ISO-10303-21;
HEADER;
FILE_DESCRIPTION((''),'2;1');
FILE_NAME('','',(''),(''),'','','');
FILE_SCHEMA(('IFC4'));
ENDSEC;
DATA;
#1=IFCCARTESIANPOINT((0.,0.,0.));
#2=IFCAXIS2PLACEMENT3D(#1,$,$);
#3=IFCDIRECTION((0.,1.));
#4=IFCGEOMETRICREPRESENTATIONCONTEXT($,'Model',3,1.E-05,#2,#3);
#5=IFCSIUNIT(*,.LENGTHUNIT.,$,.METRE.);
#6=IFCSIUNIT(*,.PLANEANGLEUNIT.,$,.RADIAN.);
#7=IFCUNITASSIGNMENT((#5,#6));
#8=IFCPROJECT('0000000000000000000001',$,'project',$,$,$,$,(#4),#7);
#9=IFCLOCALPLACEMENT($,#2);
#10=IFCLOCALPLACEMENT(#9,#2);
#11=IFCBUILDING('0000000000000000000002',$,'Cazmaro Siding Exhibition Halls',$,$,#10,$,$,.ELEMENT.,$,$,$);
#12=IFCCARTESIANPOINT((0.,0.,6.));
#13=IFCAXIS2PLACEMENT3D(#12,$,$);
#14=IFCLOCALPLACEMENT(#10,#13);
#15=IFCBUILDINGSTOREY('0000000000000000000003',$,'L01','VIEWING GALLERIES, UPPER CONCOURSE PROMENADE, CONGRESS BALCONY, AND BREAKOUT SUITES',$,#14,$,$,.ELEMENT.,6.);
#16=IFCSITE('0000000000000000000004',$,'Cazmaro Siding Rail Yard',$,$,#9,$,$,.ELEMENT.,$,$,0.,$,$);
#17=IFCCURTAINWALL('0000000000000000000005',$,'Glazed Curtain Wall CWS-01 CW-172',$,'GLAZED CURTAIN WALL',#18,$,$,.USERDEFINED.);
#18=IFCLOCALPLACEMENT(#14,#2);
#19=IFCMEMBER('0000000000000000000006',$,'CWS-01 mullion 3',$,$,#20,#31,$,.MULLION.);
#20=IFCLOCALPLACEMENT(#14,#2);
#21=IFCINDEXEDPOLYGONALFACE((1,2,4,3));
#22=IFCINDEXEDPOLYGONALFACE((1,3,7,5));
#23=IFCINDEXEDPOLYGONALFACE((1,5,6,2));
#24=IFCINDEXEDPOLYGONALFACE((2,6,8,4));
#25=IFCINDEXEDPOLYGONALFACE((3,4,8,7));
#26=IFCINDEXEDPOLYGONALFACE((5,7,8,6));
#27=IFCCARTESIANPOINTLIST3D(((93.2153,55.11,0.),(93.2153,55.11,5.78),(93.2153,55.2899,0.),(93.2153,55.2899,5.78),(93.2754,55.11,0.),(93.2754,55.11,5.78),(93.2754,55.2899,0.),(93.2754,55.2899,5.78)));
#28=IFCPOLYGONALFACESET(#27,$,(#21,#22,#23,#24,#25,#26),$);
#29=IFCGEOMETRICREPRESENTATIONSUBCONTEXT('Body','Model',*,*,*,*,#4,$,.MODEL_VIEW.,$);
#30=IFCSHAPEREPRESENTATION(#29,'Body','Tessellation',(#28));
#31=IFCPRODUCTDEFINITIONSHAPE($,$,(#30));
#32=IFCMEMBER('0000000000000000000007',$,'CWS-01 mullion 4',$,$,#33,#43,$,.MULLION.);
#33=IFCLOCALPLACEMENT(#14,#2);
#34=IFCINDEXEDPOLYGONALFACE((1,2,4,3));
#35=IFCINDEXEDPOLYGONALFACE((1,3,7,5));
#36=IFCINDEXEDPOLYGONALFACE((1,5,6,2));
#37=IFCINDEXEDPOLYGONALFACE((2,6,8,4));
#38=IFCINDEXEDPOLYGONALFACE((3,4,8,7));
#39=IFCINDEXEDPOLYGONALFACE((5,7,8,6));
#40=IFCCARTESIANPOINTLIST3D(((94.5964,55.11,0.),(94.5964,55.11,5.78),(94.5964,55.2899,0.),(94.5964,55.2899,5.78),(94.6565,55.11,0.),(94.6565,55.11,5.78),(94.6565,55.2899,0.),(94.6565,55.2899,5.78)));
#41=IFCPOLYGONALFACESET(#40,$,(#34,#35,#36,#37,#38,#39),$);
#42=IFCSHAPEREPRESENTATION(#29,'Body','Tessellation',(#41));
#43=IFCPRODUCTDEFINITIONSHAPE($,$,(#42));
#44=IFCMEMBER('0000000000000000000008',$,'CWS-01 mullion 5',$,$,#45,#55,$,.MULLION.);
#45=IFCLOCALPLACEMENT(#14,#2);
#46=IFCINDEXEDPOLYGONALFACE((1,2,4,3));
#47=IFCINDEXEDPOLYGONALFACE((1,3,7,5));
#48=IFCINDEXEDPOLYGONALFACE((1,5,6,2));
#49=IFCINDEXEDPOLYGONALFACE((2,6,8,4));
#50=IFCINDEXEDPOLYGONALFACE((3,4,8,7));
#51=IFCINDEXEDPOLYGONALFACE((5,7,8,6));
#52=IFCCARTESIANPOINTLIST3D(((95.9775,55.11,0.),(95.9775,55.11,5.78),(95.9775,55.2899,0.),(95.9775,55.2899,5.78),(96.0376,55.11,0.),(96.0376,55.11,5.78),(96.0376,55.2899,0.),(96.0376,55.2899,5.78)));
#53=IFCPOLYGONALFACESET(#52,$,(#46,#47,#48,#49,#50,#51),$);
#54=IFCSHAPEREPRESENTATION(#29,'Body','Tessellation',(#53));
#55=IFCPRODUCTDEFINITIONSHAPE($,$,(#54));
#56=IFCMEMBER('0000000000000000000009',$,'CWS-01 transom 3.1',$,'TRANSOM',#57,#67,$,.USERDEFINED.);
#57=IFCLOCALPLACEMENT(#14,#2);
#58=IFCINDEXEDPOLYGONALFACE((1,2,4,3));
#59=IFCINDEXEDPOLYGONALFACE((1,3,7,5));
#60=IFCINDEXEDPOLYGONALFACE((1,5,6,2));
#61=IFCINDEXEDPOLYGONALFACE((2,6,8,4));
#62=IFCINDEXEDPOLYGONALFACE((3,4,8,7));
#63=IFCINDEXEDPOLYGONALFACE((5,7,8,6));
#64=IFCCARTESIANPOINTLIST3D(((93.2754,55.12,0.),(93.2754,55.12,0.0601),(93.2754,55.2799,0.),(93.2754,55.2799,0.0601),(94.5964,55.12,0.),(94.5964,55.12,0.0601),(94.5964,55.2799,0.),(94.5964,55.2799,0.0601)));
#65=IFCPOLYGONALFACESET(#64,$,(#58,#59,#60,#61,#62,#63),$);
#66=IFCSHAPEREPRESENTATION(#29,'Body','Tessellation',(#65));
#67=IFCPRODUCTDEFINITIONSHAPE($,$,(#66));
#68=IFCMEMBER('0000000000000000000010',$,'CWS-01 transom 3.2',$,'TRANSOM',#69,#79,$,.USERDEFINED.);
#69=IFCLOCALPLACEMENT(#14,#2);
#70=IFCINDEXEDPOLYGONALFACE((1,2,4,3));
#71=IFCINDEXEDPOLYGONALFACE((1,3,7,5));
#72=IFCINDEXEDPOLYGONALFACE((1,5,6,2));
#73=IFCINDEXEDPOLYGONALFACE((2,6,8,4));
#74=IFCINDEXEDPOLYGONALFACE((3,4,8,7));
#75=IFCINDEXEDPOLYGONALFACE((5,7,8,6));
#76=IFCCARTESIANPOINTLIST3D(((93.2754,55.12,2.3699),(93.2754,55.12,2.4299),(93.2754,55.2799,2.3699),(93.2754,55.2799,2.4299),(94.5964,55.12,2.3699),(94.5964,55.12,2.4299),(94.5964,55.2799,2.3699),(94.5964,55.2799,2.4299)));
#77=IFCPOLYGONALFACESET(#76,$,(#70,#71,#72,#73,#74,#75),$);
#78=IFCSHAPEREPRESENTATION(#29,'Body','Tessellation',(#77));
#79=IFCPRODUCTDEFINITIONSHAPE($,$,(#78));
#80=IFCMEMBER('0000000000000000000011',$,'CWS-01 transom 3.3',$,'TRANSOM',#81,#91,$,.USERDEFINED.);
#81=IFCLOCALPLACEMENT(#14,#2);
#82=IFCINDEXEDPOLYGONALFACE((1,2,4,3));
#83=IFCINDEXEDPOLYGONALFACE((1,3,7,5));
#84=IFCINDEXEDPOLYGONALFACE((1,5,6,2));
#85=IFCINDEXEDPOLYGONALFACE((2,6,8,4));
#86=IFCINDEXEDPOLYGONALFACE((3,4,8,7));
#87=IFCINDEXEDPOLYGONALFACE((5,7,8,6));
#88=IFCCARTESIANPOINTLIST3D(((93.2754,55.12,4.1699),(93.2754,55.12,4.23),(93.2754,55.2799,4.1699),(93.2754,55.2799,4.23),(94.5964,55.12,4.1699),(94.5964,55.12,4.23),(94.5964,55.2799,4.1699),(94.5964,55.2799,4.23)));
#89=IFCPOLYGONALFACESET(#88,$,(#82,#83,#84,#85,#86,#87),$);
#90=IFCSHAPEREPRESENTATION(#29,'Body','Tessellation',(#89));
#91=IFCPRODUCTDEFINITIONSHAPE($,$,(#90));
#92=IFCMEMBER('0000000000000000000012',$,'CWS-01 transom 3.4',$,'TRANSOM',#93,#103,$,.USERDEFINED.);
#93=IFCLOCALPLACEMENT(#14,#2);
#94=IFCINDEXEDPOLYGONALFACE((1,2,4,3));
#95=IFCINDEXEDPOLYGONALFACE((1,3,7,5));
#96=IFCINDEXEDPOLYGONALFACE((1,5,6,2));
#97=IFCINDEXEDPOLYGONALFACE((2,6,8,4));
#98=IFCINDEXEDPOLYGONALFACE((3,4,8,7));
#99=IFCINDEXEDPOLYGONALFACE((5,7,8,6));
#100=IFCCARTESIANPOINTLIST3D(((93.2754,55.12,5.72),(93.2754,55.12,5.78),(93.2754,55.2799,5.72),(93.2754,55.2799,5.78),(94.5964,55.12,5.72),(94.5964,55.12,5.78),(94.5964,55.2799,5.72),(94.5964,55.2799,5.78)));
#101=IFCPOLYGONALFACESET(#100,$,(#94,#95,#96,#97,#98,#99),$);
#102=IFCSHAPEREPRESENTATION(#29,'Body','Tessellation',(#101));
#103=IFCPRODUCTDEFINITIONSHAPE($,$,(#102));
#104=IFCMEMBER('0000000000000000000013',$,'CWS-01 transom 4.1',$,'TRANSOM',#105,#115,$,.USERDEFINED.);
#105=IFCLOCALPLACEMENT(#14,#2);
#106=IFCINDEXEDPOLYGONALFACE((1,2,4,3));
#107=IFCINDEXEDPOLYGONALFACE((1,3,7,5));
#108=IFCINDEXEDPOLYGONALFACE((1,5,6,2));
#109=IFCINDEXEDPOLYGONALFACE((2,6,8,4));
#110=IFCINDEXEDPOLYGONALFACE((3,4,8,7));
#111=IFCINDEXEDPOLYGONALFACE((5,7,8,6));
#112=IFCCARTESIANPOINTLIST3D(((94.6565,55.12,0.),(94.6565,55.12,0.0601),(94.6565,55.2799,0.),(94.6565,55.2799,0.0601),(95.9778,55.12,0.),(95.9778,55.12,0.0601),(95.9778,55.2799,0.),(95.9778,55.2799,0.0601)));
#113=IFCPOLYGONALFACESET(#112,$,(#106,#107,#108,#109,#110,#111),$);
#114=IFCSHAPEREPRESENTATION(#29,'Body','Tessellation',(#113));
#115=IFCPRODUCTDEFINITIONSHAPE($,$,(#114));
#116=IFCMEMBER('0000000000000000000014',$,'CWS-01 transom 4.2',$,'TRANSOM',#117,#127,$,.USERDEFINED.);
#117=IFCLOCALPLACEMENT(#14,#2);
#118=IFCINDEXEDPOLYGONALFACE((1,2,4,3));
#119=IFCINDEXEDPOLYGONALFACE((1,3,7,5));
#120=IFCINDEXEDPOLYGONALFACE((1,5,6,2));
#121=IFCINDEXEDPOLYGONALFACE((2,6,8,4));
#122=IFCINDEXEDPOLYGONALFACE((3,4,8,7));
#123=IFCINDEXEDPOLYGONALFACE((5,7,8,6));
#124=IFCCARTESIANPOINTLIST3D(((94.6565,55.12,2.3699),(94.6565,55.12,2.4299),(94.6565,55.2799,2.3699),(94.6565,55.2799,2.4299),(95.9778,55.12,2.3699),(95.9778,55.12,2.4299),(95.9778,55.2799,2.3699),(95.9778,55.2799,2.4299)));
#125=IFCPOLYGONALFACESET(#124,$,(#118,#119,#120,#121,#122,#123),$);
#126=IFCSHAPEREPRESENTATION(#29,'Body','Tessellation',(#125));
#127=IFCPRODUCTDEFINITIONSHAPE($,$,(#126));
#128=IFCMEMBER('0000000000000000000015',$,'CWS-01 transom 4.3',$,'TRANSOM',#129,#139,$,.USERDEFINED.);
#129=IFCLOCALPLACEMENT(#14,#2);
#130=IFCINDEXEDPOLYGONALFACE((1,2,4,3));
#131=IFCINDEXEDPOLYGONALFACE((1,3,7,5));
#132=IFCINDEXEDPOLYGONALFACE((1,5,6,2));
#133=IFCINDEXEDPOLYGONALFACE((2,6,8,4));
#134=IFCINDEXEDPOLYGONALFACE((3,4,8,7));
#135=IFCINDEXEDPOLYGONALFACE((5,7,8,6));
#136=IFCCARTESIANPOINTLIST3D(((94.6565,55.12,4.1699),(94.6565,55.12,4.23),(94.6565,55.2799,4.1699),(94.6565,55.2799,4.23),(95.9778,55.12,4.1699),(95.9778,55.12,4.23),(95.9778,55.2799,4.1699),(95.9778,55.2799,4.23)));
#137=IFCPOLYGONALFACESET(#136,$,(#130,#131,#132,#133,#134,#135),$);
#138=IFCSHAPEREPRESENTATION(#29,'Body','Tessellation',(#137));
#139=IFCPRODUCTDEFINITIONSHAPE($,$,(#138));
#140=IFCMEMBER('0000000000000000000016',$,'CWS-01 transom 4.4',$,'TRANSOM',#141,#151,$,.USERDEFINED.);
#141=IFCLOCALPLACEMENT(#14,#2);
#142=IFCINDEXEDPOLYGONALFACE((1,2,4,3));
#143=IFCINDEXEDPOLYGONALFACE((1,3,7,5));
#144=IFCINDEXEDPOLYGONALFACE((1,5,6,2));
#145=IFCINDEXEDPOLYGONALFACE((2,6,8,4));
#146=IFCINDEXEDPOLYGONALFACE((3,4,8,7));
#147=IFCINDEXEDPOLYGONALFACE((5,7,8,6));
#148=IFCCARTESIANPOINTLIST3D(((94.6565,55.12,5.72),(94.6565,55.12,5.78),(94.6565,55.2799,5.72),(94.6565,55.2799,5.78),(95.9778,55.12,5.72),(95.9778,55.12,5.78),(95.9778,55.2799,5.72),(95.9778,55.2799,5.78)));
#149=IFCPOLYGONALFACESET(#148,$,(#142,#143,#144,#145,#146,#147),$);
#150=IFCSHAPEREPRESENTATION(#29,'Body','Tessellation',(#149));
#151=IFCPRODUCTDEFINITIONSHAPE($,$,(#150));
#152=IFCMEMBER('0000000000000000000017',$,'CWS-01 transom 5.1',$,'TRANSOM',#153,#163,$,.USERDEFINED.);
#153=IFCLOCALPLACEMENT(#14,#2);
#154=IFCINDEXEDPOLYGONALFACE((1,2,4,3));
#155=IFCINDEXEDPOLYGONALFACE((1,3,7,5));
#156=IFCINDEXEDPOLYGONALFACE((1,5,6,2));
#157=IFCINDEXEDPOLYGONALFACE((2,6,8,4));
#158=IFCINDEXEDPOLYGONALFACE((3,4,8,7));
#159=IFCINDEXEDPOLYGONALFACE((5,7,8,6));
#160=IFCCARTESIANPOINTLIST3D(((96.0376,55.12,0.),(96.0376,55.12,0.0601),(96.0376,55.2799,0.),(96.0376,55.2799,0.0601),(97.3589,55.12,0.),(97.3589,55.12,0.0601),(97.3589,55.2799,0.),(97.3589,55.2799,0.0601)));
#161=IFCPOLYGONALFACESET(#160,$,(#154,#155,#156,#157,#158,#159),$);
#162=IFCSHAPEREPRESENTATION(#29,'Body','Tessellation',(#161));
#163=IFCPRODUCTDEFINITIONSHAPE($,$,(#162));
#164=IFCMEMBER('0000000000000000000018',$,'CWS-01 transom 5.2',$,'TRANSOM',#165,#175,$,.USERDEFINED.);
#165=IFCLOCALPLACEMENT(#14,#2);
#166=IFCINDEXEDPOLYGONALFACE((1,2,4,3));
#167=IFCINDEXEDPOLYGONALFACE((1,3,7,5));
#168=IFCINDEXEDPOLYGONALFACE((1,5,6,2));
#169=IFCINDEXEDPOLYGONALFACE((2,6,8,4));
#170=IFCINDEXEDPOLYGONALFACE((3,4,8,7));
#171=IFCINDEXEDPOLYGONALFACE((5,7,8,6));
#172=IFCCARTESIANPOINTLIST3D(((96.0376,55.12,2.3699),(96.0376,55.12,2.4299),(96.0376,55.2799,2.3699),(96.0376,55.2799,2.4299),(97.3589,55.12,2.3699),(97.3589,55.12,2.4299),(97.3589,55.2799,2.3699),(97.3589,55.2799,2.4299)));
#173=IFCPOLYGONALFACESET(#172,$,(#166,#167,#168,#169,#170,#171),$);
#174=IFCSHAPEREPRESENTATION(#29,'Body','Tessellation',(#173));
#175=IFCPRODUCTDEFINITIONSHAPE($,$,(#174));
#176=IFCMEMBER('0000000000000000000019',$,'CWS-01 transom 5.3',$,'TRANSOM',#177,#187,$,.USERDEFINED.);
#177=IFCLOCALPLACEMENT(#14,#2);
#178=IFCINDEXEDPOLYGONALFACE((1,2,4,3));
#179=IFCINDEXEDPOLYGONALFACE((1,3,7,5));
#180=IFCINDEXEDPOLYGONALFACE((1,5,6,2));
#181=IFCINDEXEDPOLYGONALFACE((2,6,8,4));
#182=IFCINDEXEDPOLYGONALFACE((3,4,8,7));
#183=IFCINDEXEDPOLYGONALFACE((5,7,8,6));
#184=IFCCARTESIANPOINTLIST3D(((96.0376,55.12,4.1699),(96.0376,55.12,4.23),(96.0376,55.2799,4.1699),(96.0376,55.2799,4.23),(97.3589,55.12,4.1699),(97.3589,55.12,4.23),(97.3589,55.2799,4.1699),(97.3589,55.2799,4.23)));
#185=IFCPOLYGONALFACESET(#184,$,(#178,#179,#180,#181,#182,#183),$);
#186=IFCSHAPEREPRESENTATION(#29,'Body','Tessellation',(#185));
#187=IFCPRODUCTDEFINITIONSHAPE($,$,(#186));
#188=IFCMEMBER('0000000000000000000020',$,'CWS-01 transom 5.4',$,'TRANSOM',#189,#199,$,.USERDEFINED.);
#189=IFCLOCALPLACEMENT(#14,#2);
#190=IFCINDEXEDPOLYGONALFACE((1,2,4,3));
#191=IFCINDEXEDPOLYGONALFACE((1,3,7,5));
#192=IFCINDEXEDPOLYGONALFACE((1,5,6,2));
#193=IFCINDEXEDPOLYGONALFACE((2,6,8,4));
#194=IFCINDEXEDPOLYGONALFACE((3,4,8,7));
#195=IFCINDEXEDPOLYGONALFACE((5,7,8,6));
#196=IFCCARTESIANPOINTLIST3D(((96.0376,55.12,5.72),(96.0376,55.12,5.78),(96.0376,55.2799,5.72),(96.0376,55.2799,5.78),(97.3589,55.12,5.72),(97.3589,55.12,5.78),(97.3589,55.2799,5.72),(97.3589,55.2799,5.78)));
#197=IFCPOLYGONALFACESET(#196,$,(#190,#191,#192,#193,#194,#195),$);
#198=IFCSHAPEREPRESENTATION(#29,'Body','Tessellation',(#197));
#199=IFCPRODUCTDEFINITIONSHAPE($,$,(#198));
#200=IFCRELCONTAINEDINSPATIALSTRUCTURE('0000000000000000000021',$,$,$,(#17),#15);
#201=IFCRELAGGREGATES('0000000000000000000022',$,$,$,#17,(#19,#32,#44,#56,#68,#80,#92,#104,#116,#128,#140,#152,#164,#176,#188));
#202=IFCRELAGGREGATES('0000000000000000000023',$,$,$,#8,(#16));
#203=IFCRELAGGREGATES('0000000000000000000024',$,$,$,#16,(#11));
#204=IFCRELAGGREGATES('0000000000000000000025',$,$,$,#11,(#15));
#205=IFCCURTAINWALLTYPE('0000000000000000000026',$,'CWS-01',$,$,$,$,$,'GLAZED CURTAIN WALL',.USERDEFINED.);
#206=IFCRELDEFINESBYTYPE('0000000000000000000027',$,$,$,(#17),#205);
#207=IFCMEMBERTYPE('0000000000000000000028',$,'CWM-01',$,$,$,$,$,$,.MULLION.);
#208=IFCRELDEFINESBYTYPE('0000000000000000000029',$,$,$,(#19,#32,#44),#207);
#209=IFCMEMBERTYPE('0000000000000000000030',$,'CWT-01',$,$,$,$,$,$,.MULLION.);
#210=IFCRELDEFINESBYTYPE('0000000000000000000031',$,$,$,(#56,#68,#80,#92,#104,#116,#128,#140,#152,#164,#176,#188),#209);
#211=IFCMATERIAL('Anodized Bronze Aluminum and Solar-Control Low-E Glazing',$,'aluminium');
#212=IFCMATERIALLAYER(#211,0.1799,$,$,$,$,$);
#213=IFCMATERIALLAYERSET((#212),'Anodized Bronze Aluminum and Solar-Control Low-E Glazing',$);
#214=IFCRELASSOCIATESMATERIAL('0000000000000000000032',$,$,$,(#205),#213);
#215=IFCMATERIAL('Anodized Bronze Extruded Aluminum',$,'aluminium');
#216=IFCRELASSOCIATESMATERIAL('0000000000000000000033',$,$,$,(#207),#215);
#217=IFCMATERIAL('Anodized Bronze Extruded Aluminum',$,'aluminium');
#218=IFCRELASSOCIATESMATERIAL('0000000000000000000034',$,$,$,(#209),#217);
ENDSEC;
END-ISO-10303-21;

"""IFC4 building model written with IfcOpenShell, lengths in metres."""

from ifc_helpers import new_model, si_unit, direction, frame, origin, origin_2d, place, context, subcontext, project, spatial, rectangle, extrude, material, layer, layer_set, material_profile, profile_set, type_object, element, aggregate, save


model = new_model("IFC4")

# Units and contexts
model_context = context("Model", 3, precision=1e-05, world=origin(), true_north=direction((0.0, 1.0)))
body_context = subcontext(model_context, "Body", "Model", "MODEL_VIEW")
ifc_project = project(units=[si_unit("LENGTHUNIT", "METRE"), si_unit("PLANEANGLEUNIT", "RADIAN")], contexts=[model_context])

# Site, building, storey
site_placement = place(None, origin())
site = spatial("IfcSite", under=ifc_project, at=site_placement, Name="Cazmaro Siding Rail Yard", CompositionType="ELEMENT", RefElevation=0.0)
building_placement = place(site_placement, origin())
building = spatial("IfcBuilding", under=site, at=building_placement, Name="Cazmaro Siding Exhibition Halls", CompositionType="ELEMENT")
storey_placement = place(building_placement, frame((0.0, 0.0, 6.0)))
storey = spatial("IfcBuildingStorey", under=building, at=storey_placement, Name="L01", Description="VIEWING GALLERIES, UPPER CONCOURSE PROMENADE, CONGRESS BALCONY, AND BREAKOUT SUITES", CompositionType="ELEMENT", Elevation=6.0)

# Curtain wall, members
ifc_material_1 = material(Name="Anodized Bronze Aluminum and Solar-Control Low-E Glazing", Category="aluminium")
ifc_layer_1 = layer(ifc_material_1, 0.1799)
ifc_layer_set_1 = layer_set([ifc_layer_1], Name="Anodized Bronze Aluminum and Solar-Control Low-E Glazing")
curtain_wall_type = type_object("IfcCurtainWallType", Name="CWS-01", ElementType="GLAZED CURTAIN WALL", PredefinedType="USERDEFINED", material=ifc_layer_set_1)
curtain_wall_placement = place(storey_placement, origin())
curtain_wall = element("IfcCurtainWall", 1, at=curtain_wall_placement, inside=storey, type_object=curtain_wall_type, Name="Glazed Curtain Wall CWS-01 CW-172", ObjectType="GLAZED CURTAIN WALL", PredefinedType="USERDEFINED")
ifc_material_2 = material(Name="Anodized Bronze Extruded Aluminum", Category="aluminium")
ifc_material_profile_1 = material_profile(ifc_material_2, rectangle(XDim=0.1799, YDim=0.0601, at=origin_2d()), Name="CWM-01")
ifc_profile_set_1 = profile_set([ifc_material_profile_1], Name="Anodized Bronze Extruded Aluminum")
member_type_1 = type_object("IfcMemberType", Name="CWM-01", PredefinedType="MULLION", material=ifc_profile_set_1)
member_1_placement = place(storey_placement, frame((93.2454, 55.2, 0.0), z_axis=(0.0, 0.0, 1.0), x_axis=(0.0, 1.0, 0.0)))
member_1 = element("IfcMember", 2, at=member_1_placement, type_object=member_type_1, Name="CWS-01 mullion 3", PredefinedType="MULLION", context=body_context, shape_type="SweptSolid", body=[
    extrude(rectangle(XDim=0.1799, YDim=0.0601, at=origin_2d()), origin(), (0.0, 0.0, 1.0), 5.78),
])
member_2_placement = place(storey_placement, frame((94.6265, 55.2, 0.0), z_axis=(0.0, 0.0, 1.0), x_axis=(0.0, 1.0, 0.0)))
member_2 = element("IfcMember", 3, at=member_2_placement, type_object=member_type_1, Name="CWS-01 mullion 4", PredefinedType="MULLION", context=body_context, shape_type="SweptSolid", body=[
    extrude(rectangle(XDim=0.1799, YDim=0.0601, at=origin_2d()), origin(), (0.0, 0.0, 1.0), 5.78),
])
member_3_placement = place(storey_placement, frame((96.0076, 55.2, 0.0), z_axis=(0.0, 0.0, 1.0), x_axis=(0.0, 1.0, 0.0)))
member_3 = element("IfcMember", 4, at=member_3_placement, type_object=member_type_1, Name="CWS-01 mullion 5", PredefinedType="MULLION", context=body_context, shape_type="SweptSolid", body=[
    extrude(rectangle(XDim=0.1799, YDim=0.0601, at=origin_2d()), origin(), (0.0, 0.0, 1.0), 5.78),
])
ifc_material_3 = material(Name="Anodized Bronze Extruded Aluminum", Category="aluminium")
ifc_material_profile_2 = material_profile(ifc_material_3, rectangle(XDim=0.1599, YDim=0.0601, at=origin_2d()), Name="CWT-01")
ifc_profile_set_2 = profile_set([ifc_material_profile_2], Name="Anodized Bronze Extruded Aluminum")
member_type_2 = type_object("IfcMemberType", Name="CWT-01", PredefinedType="MULLION", material=ifc_profile_set_2)
member_4_placement = place(storey_placement, frame((93.2754, 55.2, 0.03), z_axis=(1.0, 0.0, 0.0), x_axis=(0.0, 1.0, 0.0)))
member_4 = element("IfcMember", 5, at=member_4_placement, type_object=member_type_2, Name="CWS-01 transom 3.1", ObjectType="TRANSOM", PredefinedType="USERDEFINED", context=body_context, shape_type="SweptSolid", body=[
    extrude(rectangle(XDim=0.1599, YDim=0.0601, at=origin_2d()), origin(), (0.0, 0.0, 1.0), 1.321),
])
member_5_placement = place(storey_placement, frame((93.2754, 55.2, 2.3999), z_axis=(1.0, 0.0, 0.0), x_axis=(0.0, 1.0, 0.0)))
member_5 = element("IfcMember", 6, at=member_5_placement, type_object=member_type_2, Name="CWS-01 transom 3.2", ObjectType="TRANSOM", PredefinedType="USERDEFINED", context=body_context, shape_type="SweptSolid", body=[
    extrude(rectangle(XDim=0.1599, YDim=0.0601, at=origin_2d()), origin(), (0.0, 0.0, 1.0), 1.321),
])
member_6_placement = place(storey_placement, frame((93.2754, 55.2, 4.2), z_axis=(1.0, 0.0, 0.0), x_axis=(0.0, 1.0, 0.0)))
member_6 = element("IfcMember", 7, at=member_6_placement, type_object=member_type_2, Name="CWS-01 transom 3.3", ObjectType="TRANSOM", PredefinedType="USERDEFINED", context=body_context, shape_type="SweptSolid", body=[
    extrude(rectangle(XDim=0.1599, YDim=0.0601, at=origin_2d()), origin(), (0.0, 0.0, 1.0), 1.321),
])
member_7_placement = place(storey_placement, frame((93.2754, 55.2, 5.75), z_axis=(1.0, 0.0, 0.0), x_axis=(0.0, 1.0, 0.0)))
member_7 = element("IfcMember", 8, at=member_7_placement, type_object=member_type_2, Name="CWS-01 transom 3.4", ObjectType="TRANSOM", PredefinedType="USERDEFINED", context=body_context, shape_type="SweptSolid", body=[
    extrude(rectangle(XDim=0.1599, YDim=0.0601, at=origin_2d()), origin(), (0.0, 0.0, 1.0), 1.321),
])
member_8_placement = place(storey_placement, frame((94.6565, 55.2, 0.03), z_axis=(1.0, 0.0, 0.0), x_axis=(0.0, 1.0, 0.0)))
member_8 = element("IfcMember", 9, at=member_8_placement, type_object=member_type_2, Name="CWS-01 transom 4.1", ObjectType="TRANSOM", PredefinedType="USERDEFINED", context=body_context, shape_type="SweptSolid", body=[
    extrude(rectangle(XDim=0.1599, YDim=0.0601, at=origin_2d()), origin(), (0.0, 0.0, 1.0), 1.3213),
])
member_9_placement = place(storey_placement, frame((94.6565, 55.2, 2.3999), z_axis=(1.0, 0.0, 0.0), x_axis=(0.0, 1.0, 0.0)))
member_9 = element("IfcMember", 10, at=member_9_placement, type_object=member_type_2, Name="CWS-01 transom 4.2", ObjectType="TRANSOM", PredefinedType="USERDEFINED", context=body_context, shape_type="SweptSolid", body=[
    extrude(rectangle(XDim=0.1599, YDim=0.0601, at=origin_2d()), origin(), (0.0, 0.0, 1.0), 1.3213),
])
member_10_placement = place(storey_placement, frame((94.6565, 55.2, 4.2), z_axis=(1.0, 0.0, 0.0), x_axis=(0.0, 1.0, 0.0)))
member_10 = element("IfcMember", 11, at=member_10_placement, type_object=member_type_2, Name="CWS-01 transom 4.3", ObjectType="TRANSOM", PredefinedType="USERDEFINED", context=body_context, shape_type="SweptSolid", body=[
    extrude(rectangle(XDim=0.1599, YDim=0.0601, at=origin_2d()), origin(), (0.0, 0.0, 1.0), 1.3213),
])
member_11_placement = place(storey_placement, frame((94.6565, 55.2, 5.75), z_axis=(1.0, 0.0, 0.0), x_axis=(0.0, 1.0, 0.0)))
member_11 = element("IfcMember", 12, at=member_11_placement, type_object=member_type_2, Name="CWS-01 transom 4.4", ObjectType="TRANSOM", PredefinedType="USERDEFINED", context=body_context, shape_type="SweptSolid", body=[
    extrude(rectangle(XDim=0.1599, YDim=0.0601, at=origin_2d()), origin(), (0.0, 0.0, 1.0), 1.3213),
])
member_12_placement = place(storey_placement, frame((96.0376, 55.2, 0.03), z_axis=(1.0, 0.0, 0.0), x_axis=(0.0, 1.0, 0.0)))
member_12 = element("IfcMember", 13, at=member_12_placement, type_object=member_type_2, Name="CWS-01 transom 5.1", ObjectType="TRANSOM", PredefinedType="USERDEFINED", context=body_context, shape_type="SweptSolid", body=[
    extrude(rectangle(XDim=0.1599, YDim=0.0601, at=origin_2d()), origin(), (0.0, 0.0, 1.0), 1.3213),
])
member_13_placement = place(storey_placement, frame((96.0376, 55.2, 2.3999), z_axis=(1.0, 0.0, 0.0), x_axis=(0.0, 1.0, 0.0)))
member_13 = element("IfcMember", 14, at=member_13_placement, type_object=member_type_2, Name="CWS-01 transom 5.2", ObjectType="TRANSOM", PredefinedType="USERDEFINED", context=body_context, shape_type="SweptSolid", body=[
    extrude(rectangle(XDim=0.1599, YDim=0.0601, at=origin_2d()), origin(), (0.0, 0.0, 1.0), 1.3213),
])
member_14_placement = place(storey_placement, frame((96.0376, 55.2, 4.2), z_axis=(1.0, 0.0, 0.0), x_axis=(0.0, 1.0, 0.0)))
member_14 = element("IfcMember", 15, at=member_14_placement, type_object=member_type_2, Name="CWS-01 transom 5.3", ObjectType="TRANSOM", PredefinedType="USERDEFINED", context=body_context, shape_type="SweptSolid", body=[
    extrude(rectangle(XDim=0.1599, YDim=0.0601, at=origin_2d()), origin(), (0.0, 0.0, 1.0), 1.3213),
])
member_15_placement = place(storey_placement, frame((96.0376, 55.2, 5.75), z_axis=(1.0, 0.0, 0.0), x_axis=(0.0, 1.0, 0.0)))
member_15 = element("IfcMember", 16, at=member_15_placement, type_object=member_type_2, Name="CWS-01 transom 5.4", ObjectType="TRANSOM", PredefinedType="USERDEFINED", context=body_context, shape_type="SweptSolid", body=[
    extrude(rectangle(XDim=0.1599, YDim=0.0601, at=origin_2d()), origin(), (0.0, 0.0, 1.0), 1.3213),
])
aggregate(curtain_wall, [member_1, member_2, member_3, member_4, member_5, member_6, member_7, member_8, member_9, member_10, member_11, member_12, member_13, member_14, member_15])

save(model, "model.ifc")
